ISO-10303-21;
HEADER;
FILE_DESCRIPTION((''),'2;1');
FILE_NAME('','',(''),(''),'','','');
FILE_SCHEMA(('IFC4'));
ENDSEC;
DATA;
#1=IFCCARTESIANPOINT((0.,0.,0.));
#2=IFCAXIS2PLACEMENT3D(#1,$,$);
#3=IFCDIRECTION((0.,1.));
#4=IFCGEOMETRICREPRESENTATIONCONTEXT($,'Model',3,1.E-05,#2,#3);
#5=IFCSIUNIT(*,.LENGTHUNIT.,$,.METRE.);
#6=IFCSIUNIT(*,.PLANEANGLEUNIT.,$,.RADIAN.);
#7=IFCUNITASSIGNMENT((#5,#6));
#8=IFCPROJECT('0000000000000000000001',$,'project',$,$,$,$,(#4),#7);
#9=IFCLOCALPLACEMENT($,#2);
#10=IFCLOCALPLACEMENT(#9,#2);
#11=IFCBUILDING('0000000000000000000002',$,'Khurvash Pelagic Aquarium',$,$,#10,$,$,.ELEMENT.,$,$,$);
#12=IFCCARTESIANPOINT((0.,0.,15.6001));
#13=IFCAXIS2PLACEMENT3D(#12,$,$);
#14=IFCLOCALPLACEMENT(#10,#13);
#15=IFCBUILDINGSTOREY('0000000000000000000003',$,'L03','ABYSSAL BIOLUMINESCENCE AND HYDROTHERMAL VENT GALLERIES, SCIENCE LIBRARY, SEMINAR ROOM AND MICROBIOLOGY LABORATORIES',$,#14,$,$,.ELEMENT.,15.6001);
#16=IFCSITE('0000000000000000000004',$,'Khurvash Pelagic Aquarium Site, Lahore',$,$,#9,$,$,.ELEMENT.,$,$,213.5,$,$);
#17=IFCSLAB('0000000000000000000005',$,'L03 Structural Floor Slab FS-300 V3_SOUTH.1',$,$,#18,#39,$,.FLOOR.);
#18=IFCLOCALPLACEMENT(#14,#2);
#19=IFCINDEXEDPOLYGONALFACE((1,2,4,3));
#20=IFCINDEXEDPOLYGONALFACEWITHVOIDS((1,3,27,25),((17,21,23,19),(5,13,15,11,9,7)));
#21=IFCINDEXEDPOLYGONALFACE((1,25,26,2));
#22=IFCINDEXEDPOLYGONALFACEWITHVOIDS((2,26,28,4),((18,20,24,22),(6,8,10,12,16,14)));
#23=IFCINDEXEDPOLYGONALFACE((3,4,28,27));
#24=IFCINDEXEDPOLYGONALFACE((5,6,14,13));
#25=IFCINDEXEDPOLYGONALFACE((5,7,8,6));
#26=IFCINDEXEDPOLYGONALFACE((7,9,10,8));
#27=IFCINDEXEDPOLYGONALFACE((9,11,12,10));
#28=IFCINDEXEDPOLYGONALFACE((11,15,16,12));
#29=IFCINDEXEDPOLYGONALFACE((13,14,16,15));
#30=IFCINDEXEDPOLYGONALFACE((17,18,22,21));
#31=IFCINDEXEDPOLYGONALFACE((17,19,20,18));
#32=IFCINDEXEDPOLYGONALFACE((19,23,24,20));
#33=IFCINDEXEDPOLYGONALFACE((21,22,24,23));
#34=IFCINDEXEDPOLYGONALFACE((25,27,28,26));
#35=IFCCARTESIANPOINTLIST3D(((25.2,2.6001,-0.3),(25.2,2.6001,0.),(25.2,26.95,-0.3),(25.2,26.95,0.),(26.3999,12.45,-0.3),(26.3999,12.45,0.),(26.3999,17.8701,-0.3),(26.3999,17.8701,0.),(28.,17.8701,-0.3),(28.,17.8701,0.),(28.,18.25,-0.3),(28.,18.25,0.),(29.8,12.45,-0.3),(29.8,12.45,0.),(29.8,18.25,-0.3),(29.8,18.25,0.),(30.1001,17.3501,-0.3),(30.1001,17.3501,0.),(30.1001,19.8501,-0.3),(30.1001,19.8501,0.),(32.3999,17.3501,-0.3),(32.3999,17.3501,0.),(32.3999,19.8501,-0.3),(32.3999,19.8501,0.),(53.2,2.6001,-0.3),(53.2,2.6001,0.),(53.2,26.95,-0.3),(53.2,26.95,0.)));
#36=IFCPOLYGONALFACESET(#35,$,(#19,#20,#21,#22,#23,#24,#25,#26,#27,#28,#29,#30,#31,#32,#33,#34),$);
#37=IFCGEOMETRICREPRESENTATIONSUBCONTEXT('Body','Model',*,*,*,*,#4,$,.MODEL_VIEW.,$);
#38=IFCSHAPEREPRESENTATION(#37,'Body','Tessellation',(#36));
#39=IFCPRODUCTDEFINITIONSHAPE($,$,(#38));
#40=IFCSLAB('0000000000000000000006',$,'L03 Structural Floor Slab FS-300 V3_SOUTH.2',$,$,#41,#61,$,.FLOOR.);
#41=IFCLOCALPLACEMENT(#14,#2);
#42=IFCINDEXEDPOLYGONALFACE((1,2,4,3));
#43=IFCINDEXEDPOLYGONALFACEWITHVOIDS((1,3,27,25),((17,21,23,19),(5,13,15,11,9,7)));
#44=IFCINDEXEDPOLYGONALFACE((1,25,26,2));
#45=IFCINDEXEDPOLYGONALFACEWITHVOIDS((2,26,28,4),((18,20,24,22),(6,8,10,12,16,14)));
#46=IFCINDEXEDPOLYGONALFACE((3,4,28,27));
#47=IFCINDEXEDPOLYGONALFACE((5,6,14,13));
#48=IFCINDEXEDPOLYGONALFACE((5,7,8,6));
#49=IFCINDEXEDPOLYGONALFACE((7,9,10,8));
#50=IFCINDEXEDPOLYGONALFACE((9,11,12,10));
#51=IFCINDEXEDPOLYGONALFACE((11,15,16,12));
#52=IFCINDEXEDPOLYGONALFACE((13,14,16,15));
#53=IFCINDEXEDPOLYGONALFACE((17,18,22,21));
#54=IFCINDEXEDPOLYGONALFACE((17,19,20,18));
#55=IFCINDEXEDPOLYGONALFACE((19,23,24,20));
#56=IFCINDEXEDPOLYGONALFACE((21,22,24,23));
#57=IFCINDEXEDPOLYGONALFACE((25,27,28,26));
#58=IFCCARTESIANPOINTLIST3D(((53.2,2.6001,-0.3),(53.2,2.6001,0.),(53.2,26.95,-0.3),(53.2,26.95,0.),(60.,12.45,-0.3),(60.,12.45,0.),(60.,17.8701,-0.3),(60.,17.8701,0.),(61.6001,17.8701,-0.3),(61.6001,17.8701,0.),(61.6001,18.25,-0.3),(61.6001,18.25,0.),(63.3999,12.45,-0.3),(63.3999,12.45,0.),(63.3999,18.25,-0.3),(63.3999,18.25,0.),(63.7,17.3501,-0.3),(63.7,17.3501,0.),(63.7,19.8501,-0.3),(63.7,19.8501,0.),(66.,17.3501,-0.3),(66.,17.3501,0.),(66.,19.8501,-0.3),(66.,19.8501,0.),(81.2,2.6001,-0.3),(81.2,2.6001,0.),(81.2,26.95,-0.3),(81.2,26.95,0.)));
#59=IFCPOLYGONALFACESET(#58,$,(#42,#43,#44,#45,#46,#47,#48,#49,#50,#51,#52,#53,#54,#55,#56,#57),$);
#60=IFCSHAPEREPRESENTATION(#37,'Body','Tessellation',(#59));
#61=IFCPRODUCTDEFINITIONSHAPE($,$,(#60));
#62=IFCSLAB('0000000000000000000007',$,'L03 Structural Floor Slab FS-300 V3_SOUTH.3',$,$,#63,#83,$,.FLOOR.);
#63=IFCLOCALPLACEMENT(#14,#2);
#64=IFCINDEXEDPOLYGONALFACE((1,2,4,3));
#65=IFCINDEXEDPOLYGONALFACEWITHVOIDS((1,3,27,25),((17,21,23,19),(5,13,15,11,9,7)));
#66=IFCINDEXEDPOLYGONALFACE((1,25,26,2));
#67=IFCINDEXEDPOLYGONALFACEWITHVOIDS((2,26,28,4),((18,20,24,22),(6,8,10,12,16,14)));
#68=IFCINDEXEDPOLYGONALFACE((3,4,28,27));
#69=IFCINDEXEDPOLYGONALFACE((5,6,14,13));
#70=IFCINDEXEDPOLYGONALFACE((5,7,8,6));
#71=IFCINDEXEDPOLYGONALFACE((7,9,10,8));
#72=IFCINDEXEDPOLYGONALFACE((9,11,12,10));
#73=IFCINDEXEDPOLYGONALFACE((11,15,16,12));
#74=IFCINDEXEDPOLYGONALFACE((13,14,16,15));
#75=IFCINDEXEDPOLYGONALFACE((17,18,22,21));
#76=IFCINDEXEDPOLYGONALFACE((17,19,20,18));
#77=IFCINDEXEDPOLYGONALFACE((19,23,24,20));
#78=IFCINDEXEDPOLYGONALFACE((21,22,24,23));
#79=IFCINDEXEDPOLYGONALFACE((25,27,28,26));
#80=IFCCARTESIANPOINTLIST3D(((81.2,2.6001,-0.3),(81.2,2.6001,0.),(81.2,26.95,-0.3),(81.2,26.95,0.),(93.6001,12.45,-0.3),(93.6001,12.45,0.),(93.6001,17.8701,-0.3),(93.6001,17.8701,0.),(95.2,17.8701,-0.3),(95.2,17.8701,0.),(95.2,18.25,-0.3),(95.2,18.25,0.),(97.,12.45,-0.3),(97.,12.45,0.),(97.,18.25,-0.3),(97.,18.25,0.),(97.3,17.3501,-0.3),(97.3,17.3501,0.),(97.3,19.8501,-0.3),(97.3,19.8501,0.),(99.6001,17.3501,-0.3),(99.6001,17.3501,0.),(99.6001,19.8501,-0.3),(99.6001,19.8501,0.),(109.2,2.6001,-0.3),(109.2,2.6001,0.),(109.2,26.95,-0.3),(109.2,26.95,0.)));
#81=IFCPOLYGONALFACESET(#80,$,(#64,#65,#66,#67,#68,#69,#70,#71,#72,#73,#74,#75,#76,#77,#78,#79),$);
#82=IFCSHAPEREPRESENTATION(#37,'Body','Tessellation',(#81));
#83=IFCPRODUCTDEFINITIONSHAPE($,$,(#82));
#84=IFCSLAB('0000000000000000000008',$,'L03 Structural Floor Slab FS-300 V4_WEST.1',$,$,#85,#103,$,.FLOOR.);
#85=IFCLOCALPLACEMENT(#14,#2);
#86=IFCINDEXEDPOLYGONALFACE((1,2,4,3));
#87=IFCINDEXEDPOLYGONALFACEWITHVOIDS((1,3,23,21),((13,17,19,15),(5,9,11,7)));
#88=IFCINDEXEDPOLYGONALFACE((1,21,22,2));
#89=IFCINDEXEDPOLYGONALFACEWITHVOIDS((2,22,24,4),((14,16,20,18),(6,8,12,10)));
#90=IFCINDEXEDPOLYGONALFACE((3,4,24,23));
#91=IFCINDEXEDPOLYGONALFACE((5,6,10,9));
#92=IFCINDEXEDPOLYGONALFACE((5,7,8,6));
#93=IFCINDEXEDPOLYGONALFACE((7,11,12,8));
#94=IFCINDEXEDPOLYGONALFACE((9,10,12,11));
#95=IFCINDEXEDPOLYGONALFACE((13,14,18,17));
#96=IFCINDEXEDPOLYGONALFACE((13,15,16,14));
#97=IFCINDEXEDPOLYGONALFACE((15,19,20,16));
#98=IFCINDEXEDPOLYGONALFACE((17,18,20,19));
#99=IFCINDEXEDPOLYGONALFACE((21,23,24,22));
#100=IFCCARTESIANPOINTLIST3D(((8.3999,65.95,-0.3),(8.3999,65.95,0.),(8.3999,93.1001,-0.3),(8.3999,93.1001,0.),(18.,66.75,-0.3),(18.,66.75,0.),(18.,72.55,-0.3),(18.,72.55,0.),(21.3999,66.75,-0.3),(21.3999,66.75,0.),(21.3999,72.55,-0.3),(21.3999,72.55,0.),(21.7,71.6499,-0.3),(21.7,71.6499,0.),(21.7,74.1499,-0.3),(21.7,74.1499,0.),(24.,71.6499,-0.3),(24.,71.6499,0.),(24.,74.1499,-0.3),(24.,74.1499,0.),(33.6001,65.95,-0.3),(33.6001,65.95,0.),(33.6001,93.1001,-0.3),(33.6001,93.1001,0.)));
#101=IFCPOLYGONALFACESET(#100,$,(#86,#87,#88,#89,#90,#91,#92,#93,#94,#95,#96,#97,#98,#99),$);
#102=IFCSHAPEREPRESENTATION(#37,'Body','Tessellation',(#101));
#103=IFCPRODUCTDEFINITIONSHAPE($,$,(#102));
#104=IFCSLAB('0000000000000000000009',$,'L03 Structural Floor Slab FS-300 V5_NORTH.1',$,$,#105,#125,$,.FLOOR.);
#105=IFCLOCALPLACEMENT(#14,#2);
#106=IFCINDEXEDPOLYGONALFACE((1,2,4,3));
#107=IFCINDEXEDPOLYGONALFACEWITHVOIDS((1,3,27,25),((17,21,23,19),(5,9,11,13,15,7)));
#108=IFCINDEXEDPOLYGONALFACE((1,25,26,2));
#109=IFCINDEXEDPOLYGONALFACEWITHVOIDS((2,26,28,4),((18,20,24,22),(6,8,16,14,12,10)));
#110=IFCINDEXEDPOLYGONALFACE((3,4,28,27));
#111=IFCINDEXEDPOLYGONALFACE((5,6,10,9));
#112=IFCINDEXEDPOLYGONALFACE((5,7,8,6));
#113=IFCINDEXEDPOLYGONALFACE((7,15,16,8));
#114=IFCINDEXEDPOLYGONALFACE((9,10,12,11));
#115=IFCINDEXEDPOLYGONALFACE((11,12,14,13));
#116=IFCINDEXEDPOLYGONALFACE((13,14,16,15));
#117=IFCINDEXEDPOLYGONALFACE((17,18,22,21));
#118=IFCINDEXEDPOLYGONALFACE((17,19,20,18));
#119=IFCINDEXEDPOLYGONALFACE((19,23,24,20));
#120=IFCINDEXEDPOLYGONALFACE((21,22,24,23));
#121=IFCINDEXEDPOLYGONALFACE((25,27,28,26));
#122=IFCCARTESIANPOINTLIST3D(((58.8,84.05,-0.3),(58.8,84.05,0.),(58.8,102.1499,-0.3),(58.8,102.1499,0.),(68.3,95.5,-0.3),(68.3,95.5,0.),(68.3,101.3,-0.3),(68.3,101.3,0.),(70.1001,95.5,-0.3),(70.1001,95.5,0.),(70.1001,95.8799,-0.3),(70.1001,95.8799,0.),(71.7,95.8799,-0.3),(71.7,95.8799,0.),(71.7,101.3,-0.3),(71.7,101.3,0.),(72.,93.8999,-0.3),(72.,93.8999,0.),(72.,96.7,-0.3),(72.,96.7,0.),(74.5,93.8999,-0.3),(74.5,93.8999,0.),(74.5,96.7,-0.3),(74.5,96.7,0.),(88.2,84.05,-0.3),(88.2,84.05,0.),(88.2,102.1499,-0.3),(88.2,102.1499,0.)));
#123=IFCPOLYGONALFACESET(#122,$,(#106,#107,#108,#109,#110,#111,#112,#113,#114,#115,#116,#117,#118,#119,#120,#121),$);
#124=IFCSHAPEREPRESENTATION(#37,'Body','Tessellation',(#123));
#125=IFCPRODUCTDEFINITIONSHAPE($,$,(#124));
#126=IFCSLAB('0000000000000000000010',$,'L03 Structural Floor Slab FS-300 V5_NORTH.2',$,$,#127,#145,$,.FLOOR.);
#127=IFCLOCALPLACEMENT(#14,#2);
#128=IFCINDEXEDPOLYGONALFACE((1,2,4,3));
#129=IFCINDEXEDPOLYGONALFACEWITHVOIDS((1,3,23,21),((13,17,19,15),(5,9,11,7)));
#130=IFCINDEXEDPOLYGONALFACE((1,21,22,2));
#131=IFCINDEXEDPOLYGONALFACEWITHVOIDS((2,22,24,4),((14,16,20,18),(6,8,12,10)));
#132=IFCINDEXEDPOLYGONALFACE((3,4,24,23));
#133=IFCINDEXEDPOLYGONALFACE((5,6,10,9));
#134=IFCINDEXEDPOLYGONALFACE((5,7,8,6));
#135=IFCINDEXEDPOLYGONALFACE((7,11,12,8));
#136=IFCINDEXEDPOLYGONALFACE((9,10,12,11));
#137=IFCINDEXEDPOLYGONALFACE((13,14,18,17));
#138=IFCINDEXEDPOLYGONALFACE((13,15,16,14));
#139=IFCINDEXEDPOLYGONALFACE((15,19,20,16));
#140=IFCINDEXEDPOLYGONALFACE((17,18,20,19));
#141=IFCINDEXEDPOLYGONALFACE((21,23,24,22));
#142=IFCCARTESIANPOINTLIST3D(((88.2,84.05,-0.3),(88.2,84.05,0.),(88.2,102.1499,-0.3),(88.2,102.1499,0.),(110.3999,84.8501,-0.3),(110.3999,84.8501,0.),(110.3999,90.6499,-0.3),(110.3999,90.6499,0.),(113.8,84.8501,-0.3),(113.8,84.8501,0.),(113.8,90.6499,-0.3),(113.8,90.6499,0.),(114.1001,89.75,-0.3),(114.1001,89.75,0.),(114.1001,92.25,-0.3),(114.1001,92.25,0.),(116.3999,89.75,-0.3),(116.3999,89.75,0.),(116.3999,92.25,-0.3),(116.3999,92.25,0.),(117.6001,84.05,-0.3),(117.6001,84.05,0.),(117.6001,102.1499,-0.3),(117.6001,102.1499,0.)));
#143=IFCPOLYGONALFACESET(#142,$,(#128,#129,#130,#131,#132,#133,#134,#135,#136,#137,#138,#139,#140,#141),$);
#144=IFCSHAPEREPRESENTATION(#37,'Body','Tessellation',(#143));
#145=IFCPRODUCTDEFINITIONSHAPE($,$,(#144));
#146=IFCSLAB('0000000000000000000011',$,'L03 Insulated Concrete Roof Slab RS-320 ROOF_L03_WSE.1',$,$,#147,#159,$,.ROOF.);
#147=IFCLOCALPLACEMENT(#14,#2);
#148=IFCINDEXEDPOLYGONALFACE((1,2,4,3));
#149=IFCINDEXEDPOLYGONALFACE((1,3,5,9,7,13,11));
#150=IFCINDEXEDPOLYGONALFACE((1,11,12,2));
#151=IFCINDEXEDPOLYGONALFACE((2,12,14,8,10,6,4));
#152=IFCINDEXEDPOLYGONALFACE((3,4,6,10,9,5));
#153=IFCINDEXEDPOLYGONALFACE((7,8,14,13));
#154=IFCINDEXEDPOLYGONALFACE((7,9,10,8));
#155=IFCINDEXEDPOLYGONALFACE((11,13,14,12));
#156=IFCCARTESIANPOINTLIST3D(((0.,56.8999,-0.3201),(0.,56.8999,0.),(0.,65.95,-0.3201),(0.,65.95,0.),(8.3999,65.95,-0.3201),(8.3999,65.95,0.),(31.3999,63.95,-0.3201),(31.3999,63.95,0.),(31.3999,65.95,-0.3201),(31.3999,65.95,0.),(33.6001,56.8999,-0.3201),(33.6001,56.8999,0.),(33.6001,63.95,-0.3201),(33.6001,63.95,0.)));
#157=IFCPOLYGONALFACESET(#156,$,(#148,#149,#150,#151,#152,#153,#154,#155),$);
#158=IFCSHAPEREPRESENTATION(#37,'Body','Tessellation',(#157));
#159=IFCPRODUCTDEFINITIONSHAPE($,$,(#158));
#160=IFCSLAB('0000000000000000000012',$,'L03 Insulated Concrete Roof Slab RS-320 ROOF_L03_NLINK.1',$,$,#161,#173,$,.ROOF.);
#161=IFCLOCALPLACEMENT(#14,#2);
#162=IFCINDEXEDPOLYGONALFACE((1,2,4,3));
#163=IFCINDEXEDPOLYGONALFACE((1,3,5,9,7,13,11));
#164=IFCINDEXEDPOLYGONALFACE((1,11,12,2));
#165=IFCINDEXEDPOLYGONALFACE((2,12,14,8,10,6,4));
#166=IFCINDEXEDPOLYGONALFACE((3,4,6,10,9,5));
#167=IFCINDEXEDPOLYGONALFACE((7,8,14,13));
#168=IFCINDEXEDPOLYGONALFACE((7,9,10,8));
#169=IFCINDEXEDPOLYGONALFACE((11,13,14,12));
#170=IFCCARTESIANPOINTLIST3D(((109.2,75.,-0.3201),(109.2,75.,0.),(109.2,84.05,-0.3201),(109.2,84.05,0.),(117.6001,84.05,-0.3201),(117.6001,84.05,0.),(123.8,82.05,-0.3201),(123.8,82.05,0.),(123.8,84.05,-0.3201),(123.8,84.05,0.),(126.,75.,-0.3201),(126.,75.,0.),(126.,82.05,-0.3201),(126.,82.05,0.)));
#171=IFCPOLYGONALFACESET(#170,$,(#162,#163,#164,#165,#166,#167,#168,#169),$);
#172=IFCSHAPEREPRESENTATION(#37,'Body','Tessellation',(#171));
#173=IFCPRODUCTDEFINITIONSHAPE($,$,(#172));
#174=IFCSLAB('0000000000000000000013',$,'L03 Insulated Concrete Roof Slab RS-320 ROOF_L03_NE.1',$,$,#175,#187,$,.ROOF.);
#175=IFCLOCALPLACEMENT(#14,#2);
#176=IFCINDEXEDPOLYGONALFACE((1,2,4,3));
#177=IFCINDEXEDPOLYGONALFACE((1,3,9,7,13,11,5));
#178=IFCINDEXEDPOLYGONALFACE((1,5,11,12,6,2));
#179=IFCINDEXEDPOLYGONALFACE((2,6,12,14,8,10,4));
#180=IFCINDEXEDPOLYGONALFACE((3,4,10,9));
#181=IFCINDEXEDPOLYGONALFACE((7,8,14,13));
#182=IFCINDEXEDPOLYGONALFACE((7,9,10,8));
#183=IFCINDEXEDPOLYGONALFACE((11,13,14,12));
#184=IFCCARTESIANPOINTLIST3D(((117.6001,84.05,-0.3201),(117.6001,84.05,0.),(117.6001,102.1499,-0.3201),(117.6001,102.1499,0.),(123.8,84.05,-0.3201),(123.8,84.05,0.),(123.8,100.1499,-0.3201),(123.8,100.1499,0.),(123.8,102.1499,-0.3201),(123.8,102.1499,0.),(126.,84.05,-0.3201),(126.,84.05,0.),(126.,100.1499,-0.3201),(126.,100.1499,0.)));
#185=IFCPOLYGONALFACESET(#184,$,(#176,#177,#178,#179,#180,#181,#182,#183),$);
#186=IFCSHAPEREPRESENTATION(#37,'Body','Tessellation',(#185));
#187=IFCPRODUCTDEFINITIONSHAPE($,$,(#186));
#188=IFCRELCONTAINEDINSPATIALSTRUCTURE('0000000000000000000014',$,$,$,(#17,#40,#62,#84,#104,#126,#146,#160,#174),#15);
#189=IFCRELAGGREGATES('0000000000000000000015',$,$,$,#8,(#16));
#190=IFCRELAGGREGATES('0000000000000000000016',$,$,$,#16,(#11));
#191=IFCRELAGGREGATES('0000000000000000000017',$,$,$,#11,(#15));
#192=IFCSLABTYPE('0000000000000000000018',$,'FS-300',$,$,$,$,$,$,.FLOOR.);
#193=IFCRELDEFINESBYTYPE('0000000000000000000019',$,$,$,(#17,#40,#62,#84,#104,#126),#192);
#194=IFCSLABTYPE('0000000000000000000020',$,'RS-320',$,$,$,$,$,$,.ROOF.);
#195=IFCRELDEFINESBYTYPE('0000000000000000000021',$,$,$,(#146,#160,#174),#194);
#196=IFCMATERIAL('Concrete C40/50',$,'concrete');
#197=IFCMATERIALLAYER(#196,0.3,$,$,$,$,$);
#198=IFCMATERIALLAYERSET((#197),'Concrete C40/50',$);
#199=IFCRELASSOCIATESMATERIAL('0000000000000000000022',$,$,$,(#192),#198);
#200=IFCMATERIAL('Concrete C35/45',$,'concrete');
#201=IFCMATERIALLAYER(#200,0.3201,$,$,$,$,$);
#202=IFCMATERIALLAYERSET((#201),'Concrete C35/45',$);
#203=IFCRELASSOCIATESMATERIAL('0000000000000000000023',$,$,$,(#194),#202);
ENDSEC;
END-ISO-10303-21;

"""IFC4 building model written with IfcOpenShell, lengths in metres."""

from ifc_helpers import new_model, si_unit, direction, frame, origin, place, context, subcontext, project, spatial, polyline, outline, extrude, material, layer, layer_set, type_object, element, save


model = new_model("IFC4")

# Units and contexts
model_context = context("Model", 3, precision=1e-05, world=origin(), true_north=direction((0.0, 1.0)))
body_context = subcontext(model_context, "Body", "Model", "MODEL_VIEW")
ifc_project = project(units=[si_unit("LENGTHUNIT", "METRE"), si_unit("PLANEANGLEUNIT", "RADIAN")], contexts=[model_context])

# Site, building, storey
site_placement = place(None, origin())
site = spatial("IfcSite", under=ifc_project, at=site_placement, Name="Khurvash Pelagic Aquarium Site, Lahore", CompositionType="ELEMENT", RefElevation=213.5)
building_placement = place(site_placement, origin())
building = spatial("IfcBuilding", under=site, at=building_placement, Name="Khurvash Pelagic Aquarium", CompositionType="ELEMENT")
storey_placement = place(building_placement, frame((0.0, 0.0, 15.6001)))
storey = spatial("IfcBuildingStorey", under=building, at=storey_placement, Name="L03", Description="ABYSSAL BIOLUMINESCENCE AND HYDROTHERMAL VENT GALLERIES, SCIENCE LIBRARY, SEMINAR ROOM AND MICROBIOLOGY LABORATORIES", CompositionType="ELEMENT", Elevation=15.6001)

# Slabs
ifc_material_1 = material(Name="Concrete C40/50", Category="concrete")
ifc_layer_1 = layer(ifc_material_1, 0.3)
ifc_layer_set_1 = layer_set([ifc_layer_1], Name="Concrete C40/50")
slab_type_1 = type_object("IfcSlabType", Name="FS-300", PredefinedType="FLOOR", material=ifc_layer_set_1)
slab_1_placement = place(storey_placement, frame((0.0, 0.0, -0.3)))
element("IfcSlab", 1, at=slab_1_placement, inside=storey, type_object=slab_type_1, Name="L03 Structural Floor Slab FS-300 V3_SOUTH.1", PredefinedType="FLOOR", context=body_context, shape_type="SweptSolid", body=[
    extrude(outline(polyline([(25.2, 2.6001), (53.2, 2.6001), (53.2, 26.95), (25.2, 26.95), (25.2, 2.6001)]), holes=[polyline([(28.0, 18.25), (29.8, 18.25), (29.8, 12.45), (26.3999, 12.45), (26.3999, 17.8701), (28.0, 17.8701), (28.0, 18.25)]), polyline([(32.3999, 17.3501), (30.1001, 17.3501), (30.1001, 19.8501), (32.3999, 19.8501), (32.3999, 17.3501)])]), origin(), (0.0, 0.0, 1.0), 0.3),
])
slab_2_placement = place(storey_placement, frame((0.0, 0.0, -0.3)))
element("IfcSlab", 2, at=slab_2_placement, inside=storey, type_object=slab_type_1, Name="L03 Structural Floor Slab FS-300 V3_SOUTH.2", PredefinedType="FLOOR", context=body_context, shape_type="SweptSolid", body=[
    extrude(outline(polyline([(81.2, 2.6001), (81.2, 26.95), (53.2, 26.95), (53.2, 2.6001), (81.2, 2.6001)]), holes=[polyline([(61.6001, 18.25), (63.3999, 18.25), (63.3999, 12.45), (60.0, 12.45), (60.0, 17.8701), (61.6001, 17.8701), (61.6001, 18.25)]), polyline([(66.0, 17.3501), (63.7, 17.3501), (63.7, 19.8501), (66.0, 19.8501), (66.0, 17.3501)])]), origin(), (0.0, 0.0, 1.0), 0.3),
])
slab_3_placement = place(storey_placement, frame((0.0, 0.0, -0.3)))
element("IfcSlab", 3, at=slab_3_placement, inside=storey, type_object=slab_type_1, Name="L03 Structural Floor Slab FS-300 V3_SOUTH.3", PredefinedType="FLOOR", context=body_context, shape_type="SweptSolid", body=[
    extrude(outline(polyline([(109.2, 2.6001), (109.2, 26.95), (81.2, 26.95), (81.2, 2.6001), (109.2, 2.6001)]), holes=[polyline([(95.2, 18.25), (97.0, 18.25), (97.0, 12.45), (93.6001, 12.45), (93.6001, 17.8701), (95.2, 17.8701), (95.2, 18.25)]), polyline([(99.6001, 17.3501), (97.3, 17.3501), (97.3, 19.8501), (99.6001, 19.8501), (99.6001, 17.3501)])]), origin(), (0.0, 0.0, 1.0), 0.3),
])
slab_4_placement = place(storey_placement, frame((0.0, 0.0, -0.3)))
element("IfcSlab", 4, at=slab_4_placement, inside=storey, type_object=slab_type_1, Name="L03 Structural Floor Slab FS-300 V4_WEST.1", PredefinedType="FLOOR", context=body_context, shape_type="SweptSolid", body=[
    extrude(outline(polyline([(8.3999, 65.95), (33.6001, 65.95), (33.6001, 93.1001), (8.3999, 93.1001), (8.3999, 65.95)]), holes=[polyline([(18.0, 66.75), (18.0, 72.55), (21.3999, 72.55), (21.3999, 66.75), (18.0, 66.75)]), polyline([(24.0, 71.6499), (21.7, 71.6499), (21.7, 74.1499), (24.0, 74.1499), (24.0, 71.6499)])]), origin(), (0.0, 0.0, 1.0), 0.3),
])
slab_5_placement = place(storey_placement, frame((0.0, 0.0, -0.3)))
element("IfcSlab", 5, at=slab_5_placement, inside=storey, type_object=slab_type_1, Name="L03 Structural Floor Slab FS-300 V5_NORTH.1", PredefinedType="FLOOR", context=body_context, shape_type="SweptSolid", body=[
    extrude(outline(polyline([(58.8, 84.05), (88.2, 84.05), (88.2, 102.1499), (58.8, 102.1499), (58.8, 84.05)]), holes=[polyline([(70.1001, 95.5), (68.3, 95.5), (68.3, 101.3), (71.7, 101.3), (71.7, 95.8799), (70.1001, 95.8799), (70.1001, 95.5)]), polyline([(74.5, 93.8999), (72.0, 93.8999), (72.0, 96.7), (74.5, 96.7), (74.5, 93.8999)])]), origin(), (0.0, 0.0, 1.0), 0.3),
])
slab_6_placement = place(storey_placement, frame((0.0, 0.0, -0.3)))
element("IfcSlab", 6, at=slab_6_placement, inside=storey, type_object=slab_type_1, Name="L03 Structural Floor Slab FS-300 V5_NORTH.2", PredefinedType="FLOOR", context=body_context, shape_type="SweptSolid", body=[
    extrude(outline(polyline([(117.6001, 84.05), (117.6001, 102.1499), (88.2, 102.1499), (88.2, 84.05), (117.6001, 84.05)]), holes=[polyline([(110.3999, 84.8501), (110.3999, 90.6499), (113.8, 90.6499), (113.8, 84.8501), (110.3999, 84.8501)]), polyline([(116.3999, 89.75), (114.1001, 89.75), (114.1001, 92.25), (116.3999, 92.25), (116.3999, 89.75)])]), origin(), (0.0, 0.0, 1.0), 0.3),
])
ifc_material_2 = material(Name="Concrete C35/45", Category="concrete")
ifc_layer_2 = layer(ifc_material_2, 0.3201)
ifc_layer_set_2 = layer_set([ifc_layer_2], Name="Concrete C35/45")
slab_type_2 = type_object("IfcSlabType", Name="RS-320", PredefinedType="ROOF", material=ifc_layer_set_2)
slab_7_placement = place(storey_placement, frame((0.0, 0.0, -0.3201)))
element("IfcSlab", 7, at=slab_7_placement, inside=storey, type_object=slab_type_2, Name="L03 Insulated Concrete Roof Slab RS-320 ROOF_L03_WSE.1", PredefinedType="ROOF", context=body_context, shape_type="SweptSolid", body=[
    extrude(outline(polyline([(33.6001, 56.8999), (33.6001, 63.95), (31.3999, 63.95), (31.3999, 65.95), (8.3999, 65.95), (0.0, 65.95), (0.0, 56.8999), (33.6001, 56.8999)])), origin(), (0.0, 0.0, 1.0), 0.3201),
])
slab_8_placement = place(storey_placement, frame((0.0, 0.0, -0.3201)))
element("IfcSlab", 8, at=slab_8_placement, inside=storey, type_object=slab_type_2, Name="L03 Insulated Concrete Roof Slab RS-320 ROOF_L03_NLINK.1", PredefinedType="ROOF", context=body_context, shape_type="SweptSolid", body=[
    extrude(outline(polyline([(126.0, 75.0), (126.0, 82.05), (123.8, 82.05), (123.8, 84.05), (117.6001, 84.05), (109.2, 84.05), (109.2, 75.0), (126.0, 75.0)])), origin(), (0.0, 0.0, 1.0), 0.3201),
])
slab_9_placement = place(storey_placement, frame((0.0, 0.0, -0.3201)))
element("IfcSlab", 9, at=slab_9_placement, inside=storey, type_object=slab_type_2, Name="L03 Insulated Concrete Roof Slab RS-320 ROOF_L03_NE.1", PredefinedType="ROOF", context=body_context, shape_type="SweptSolid", body=[
    extrude(outline(polyline([(126.0, 84.05), (126.0, 100.1499), (123.8, 100.1499), (123.8, 102.1499), (117.6001, 102.1499), (117.6001, 84.05), (123.8, 84.05), (126.0, 84.05)])), origin(), (0.0, 0.0, 1.0), 0.3201),
])

save(model, "model.ifc")
